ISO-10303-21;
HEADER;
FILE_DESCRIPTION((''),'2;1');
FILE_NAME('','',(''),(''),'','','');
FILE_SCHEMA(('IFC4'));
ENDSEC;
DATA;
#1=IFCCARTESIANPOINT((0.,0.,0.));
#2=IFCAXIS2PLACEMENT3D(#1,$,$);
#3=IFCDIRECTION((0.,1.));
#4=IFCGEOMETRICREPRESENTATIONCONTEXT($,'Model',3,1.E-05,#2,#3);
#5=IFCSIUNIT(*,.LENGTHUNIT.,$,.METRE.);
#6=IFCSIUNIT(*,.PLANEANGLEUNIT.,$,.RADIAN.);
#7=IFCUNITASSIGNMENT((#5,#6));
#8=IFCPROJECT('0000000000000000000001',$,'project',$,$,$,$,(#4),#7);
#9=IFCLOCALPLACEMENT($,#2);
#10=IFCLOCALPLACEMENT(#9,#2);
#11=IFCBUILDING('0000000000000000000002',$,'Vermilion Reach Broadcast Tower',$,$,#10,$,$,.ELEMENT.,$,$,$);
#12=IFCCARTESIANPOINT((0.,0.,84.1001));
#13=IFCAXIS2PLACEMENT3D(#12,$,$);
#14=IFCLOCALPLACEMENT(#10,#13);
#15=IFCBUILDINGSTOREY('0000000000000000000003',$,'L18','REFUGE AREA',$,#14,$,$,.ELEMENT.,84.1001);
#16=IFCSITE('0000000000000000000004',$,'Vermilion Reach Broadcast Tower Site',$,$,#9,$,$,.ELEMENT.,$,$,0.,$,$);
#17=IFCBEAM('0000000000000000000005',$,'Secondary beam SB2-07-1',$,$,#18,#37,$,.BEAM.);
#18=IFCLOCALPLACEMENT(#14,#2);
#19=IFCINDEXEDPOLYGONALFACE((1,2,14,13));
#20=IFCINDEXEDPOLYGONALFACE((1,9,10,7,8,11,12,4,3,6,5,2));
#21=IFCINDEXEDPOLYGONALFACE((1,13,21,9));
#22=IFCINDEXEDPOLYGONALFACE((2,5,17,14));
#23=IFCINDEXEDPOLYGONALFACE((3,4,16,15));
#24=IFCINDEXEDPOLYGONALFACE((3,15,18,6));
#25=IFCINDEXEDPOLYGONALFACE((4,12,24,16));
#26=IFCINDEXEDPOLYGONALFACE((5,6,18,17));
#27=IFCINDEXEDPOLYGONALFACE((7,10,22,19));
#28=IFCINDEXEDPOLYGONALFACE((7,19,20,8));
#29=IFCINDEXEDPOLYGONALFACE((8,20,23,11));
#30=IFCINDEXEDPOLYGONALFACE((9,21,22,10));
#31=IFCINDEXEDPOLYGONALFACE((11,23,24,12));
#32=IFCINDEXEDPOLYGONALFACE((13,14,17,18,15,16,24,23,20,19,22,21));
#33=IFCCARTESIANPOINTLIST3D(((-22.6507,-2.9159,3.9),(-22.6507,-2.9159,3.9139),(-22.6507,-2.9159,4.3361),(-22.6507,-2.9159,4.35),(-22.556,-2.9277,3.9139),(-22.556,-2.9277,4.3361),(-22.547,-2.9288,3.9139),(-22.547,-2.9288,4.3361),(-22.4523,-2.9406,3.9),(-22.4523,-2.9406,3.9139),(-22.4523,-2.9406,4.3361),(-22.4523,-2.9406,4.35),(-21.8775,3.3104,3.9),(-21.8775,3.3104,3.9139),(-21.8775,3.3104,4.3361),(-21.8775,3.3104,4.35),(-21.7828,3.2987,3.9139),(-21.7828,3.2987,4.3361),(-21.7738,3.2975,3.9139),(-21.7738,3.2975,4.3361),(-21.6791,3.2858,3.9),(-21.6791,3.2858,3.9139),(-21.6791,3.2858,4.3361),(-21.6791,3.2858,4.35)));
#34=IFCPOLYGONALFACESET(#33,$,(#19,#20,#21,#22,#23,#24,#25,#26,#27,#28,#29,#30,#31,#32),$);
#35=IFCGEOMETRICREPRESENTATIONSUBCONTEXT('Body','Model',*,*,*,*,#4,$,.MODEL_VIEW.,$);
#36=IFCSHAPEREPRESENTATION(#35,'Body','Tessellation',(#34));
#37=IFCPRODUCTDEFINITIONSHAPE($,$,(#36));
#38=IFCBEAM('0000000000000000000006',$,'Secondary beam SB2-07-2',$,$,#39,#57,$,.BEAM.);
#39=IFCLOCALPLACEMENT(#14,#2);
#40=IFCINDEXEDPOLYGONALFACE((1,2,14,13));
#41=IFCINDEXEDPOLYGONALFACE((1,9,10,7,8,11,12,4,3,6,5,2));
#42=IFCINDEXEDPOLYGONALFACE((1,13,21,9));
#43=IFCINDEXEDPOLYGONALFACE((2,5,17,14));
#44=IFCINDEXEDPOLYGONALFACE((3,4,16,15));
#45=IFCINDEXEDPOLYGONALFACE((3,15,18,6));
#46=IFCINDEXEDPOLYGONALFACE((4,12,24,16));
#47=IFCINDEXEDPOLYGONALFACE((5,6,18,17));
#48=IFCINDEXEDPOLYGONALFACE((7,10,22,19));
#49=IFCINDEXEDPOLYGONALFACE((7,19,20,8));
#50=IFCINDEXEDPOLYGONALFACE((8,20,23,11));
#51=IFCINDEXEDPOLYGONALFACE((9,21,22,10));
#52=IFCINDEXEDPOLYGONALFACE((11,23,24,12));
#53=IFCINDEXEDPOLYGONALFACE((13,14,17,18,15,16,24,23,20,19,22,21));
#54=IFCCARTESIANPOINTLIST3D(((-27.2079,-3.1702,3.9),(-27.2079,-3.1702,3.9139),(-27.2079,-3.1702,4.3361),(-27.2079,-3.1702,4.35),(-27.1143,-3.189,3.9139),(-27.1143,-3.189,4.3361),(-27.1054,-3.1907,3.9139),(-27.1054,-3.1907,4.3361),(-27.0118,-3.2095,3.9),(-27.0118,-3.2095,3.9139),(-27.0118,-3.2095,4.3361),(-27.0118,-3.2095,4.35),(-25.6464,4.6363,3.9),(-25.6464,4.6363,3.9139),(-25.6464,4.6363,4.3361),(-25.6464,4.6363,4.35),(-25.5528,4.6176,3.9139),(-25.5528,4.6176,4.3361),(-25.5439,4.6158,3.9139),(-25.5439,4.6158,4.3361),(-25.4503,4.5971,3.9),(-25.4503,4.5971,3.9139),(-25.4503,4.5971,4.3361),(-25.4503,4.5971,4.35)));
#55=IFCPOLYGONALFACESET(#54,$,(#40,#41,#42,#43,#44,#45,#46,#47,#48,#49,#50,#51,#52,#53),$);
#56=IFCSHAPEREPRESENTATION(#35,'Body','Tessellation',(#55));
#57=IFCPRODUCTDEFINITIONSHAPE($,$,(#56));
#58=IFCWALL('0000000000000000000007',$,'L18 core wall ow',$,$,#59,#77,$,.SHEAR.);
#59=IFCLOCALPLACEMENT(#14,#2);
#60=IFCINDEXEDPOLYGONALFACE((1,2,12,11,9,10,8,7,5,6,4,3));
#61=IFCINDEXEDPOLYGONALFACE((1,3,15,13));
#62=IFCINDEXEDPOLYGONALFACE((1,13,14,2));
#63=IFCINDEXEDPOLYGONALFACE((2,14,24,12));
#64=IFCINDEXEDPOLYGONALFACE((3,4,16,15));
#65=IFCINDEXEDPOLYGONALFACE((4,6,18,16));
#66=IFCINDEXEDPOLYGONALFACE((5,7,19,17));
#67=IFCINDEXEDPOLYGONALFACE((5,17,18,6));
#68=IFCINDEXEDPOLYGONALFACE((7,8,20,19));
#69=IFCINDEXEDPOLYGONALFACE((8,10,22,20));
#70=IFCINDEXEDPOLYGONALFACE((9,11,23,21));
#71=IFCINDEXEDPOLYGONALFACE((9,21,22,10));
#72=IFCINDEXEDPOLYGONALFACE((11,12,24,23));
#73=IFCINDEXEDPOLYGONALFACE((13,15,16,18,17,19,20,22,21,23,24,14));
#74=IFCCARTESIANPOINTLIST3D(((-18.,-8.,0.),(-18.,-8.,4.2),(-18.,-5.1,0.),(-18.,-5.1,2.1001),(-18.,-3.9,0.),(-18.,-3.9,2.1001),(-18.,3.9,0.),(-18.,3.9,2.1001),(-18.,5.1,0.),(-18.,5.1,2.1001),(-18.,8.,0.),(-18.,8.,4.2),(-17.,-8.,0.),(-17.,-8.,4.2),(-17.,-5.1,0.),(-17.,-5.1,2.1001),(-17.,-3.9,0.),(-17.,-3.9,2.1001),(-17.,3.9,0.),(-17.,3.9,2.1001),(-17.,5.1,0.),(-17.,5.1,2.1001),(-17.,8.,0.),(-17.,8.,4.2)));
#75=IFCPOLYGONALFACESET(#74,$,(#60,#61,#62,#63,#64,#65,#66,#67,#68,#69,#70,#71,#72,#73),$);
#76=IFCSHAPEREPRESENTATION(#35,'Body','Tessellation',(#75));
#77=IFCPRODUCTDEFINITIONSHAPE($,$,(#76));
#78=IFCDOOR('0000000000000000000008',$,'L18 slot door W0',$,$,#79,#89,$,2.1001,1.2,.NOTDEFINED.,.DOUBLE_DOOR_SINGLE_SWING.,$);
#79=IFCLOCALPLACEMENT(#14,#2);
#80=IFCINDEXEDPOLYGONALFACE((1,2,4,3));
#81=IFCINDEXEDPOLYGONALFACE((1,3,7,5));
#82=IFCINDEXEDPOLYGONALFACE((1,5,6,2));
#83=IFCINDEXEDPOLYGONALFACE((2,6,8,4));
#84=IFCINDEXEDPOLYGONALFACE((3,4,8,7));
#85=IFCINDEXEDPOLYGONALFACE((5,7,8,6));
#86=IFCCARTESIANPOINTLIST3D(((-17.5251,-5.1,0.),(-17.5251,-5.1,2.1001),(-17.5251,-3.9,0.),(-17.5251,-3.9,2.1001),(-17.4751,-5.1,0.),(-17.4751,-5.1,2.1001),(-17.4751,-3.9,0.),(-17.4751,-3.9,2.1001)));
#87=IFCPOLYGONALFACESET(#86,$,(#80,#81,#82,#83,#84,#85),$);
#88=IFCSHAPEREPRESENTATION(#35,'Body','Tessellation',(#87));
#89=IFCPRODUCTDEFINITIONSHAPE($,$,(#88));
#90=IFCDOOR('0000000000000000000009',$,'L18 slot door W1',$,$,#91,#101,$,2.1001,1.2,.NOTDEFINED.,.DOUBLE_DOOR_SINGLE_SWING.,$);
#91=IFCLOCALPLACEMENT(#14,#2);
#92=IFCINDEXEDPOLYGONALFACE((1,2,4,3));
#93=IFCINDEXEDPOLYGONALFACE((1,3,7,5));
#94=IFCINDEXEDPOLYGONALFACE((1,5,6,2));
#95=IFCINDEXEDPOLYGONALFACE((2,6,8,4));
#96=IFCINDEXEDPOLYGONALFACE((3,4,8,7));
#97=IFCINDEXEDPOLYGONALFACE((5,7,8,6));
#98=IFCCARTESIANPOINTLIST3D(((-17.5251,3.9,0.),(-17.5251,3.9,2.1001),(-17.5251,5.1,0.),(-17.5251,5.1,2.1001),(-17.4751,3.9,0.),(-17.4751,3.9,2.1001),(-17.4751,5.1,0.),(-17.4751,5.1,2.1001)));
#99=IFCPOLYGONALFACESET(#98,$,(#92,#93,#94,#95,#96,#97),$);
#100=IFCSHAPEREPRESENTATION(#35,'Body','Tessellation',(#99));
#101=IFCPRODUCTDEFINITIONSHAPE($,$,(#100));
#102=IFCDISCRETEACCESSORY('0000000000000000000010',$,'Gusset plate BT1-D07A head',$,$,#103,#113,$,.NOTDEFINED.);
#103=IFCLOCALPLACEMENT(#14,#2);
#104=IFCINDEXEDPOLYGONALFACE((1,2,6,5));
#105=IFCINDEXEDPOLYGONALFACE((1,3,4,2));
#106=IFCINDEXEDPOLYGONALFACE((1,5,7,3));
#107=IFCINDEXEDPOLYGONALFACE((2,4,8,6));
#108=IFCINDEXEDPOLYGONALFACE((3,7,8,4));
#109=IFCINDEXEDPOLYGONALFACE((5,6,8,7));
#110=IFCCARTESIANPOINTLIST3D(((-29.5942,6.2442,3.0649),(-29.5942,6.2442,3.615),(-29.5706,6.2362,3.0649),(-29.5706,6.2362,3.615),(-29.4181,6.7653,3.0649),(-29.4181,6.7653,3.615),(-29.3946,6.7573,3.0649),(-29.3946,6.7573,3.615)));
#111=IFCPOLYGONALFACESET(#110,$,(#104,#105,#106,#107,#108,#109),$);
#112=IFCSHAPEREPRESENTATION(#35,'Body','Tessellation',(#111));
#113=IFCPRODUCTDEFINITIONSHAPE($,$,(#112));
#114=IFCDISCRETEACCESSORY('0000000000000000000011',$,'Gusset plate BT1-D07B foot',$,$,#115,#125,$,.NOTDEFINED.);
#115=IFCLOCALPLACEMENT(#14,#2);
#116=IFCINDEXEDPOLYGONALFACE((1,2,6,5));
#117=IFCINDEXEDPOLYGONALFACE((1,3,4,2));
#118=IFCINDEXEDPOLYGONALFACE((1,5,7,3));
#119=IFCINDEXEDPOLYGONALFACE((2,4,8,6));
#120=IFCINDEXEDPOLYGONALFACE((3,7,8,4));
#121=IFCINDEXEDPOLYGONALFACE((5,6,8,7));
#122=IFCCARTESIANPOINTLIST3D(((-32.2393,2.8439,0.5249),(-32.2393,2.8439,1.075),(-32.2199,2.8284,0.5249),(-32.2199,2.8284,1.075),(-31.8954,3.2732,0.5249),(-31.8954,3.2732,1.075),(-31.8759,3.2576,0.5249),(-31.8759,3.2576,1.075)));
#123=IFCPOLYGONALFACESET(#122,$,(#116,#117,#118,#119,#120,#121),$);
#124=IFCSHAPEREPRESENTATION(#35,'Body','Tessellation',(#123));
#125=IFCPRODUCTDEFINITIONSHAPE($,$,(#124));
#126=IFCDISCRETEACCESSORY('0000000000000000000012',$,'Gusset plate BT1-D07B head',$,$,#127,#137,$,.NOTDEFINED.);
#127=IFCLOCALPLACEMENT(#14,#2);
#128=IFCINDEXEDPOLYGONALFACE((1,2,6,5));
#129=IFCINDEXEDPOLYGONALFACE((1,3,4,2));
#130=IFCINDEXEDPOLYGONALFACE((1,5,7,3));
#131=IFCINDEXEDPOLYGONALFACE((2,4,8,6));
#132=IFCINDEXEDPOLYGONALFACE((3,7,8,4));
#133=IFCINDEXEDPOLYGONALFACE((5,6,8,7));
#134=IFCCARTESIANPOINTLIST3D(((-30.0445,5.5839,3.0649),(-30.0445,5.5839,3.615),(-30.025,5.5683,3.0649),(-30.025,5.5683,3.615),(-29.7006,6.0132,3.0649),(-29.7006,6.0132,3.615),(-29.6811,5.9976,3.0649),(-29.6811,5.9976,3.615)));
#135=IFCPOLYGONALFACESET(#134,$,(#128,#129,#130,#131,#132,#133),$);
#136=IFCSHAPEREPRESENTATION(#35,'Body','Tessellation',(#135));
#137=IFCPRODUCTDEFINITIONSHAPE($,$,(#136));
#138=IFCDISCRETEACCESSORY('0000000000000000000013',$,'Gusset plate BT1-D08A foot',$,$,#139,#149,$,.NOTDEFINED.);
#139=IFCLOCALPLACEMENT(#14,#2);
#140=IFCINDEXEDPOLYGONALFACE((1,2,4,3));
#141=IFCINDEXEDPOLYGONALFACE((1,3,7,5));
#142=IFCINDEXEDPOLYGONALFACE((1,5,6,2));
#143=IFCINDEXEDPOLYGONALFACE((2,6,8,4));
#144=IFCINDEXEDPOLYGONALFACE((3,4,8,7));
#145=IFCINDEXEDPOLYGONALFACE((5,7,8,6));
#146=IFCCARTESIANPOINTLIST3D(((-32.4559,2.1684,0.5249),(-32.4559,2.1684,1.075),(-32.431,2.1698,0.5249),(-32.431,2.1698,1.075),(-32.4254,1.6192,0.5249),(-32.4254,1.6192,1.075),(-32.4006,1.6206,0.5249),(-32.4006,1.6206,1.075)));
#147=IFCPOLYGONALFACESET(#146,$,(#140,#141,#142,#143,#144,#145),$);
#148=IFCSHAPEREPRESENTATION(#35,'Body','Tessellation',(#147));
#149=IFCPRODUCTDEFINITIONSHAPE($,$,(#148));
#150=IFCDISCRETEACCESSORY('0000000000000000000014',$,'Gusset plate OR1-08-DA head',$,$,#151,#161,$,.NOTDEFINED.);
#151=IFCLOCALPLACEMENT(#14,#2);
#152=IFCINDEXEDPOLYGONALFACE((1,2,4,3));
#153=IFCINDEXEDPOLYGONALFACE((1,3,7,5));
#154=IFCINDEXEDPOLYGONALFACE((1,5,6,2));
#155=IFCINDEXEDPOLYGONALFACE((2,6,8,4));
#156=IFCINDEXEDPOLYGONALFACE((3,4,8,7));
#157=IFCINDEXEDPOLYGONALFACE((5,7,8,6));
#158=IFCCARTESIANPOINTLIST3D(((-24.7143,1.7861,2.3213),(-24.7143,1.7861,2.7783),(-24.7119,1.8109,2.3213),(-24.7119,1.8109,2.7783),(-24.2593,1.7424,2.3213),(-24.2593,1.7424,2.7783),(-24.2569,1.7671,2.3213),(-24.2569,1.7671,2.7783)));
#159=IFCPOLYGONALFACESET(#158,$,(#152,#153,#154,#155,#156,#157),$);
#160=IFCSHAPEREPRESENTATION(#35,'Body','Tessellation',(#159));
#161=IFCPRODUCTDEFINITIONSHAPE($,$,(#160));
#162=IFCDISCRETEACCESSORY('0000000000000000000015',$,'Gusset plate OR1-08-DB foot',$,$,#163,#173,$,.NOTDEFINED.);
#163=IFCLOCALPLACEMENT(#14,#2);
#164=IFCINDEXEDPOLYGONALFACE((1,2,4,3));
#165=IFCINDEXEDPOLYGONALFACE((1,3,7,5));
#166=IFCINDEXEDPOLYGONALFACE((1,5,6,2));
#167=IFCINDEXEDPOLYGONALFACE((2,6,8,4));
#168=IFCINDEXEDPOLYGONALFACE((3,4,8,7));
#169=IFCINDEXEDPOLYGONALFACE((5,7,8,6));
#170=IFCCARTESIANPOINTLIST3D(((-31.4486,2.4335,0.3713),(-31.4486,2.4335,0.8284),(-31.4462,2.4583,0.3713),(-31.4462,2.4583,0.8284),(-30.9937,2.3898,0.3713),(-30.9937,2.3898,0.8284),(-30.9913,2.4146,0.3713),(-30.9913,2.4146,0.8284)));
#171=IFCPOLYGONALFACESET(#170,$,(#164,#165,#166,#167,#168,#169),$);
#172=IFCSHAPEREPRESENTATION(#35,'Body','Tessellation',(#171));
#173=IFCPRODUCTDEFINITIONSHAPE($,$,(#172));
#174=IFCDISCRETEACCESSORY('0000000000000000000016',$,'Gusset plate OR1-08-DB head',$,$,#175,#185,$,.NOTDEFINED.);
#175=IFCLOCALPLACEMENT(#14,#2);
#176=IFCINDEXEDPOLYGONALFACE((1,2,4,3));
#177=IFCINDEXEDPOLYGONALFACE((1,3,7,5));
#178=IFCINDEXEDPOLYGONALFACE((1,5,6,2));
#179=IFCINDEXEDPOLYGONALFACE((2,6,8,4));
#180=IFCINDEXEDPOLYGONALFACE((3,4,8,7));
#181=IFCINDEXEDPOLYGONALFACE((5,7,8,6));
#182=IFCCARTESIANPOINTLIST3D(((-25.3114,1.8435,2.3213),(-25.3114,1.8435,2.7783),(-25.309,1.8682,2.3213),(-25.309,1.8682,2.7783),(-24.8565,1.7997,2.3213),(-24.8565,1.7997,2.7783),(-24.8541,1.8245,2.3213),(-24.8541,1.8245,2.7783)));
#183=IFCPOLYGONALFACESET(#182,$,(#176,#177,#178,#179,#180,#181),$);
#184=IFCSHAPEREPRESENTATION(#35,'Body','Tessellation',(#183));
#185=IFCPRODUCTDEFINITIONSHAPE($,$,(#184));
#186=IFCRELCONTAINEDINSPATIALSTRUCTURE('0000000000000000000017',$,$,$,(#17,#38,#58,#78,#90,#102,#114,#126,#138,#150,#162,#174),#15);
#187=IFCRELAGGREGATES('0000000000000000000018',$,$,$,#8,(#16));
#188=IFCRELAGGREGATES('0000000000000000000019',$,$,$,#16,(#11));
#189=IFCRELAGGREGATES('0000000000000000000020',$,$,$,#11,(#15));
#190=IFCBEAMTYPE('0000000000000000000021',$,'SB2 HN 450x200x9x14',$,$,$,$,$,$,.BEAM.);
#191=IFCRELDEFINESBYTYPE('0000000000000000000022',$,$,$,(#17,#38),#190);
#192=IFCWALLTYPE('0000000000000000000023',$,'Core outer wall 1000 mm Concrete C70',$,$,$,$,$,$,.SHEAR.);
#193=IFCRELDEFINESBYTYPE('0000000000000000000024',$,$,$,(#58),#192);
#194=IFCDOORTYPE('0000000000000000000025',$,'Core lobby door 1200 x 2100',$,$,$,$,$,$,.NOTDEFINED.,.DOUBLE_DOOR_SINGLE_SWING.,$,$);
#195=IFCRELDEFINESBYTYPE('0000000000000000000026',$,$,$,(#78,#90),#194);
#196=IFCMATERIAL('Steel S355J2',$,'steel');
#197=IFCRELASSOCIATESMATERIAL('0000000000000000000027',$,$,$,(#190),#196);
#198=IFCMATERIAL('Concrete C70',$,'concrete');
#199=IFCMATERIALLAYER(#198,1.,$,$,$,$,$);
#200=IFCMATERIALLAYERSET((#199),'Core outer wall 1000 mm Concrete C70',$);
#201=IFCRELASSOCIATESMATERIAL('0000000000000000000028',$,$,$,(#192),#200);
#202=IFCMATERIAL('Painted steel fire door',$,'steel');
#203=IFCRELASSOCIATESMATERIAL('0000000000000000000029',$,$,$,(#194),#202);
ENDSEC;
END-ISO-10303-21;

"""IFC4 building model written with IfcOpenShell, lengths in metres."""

from ifc_helpers import new_model, si_unit, direction, frame, frame_2d, origin, origin_2d, place, context, subcontext, project, spatial, rectangle, i_section, extrude, material, layer, layer_set, material_profile, profile_set, type_object, element, fill, save


model = new_model("IFC4")

# Units and contexts
model_context = context("Model", 3, precision=1e-05, world=origin(), true_north=direction((0.0, 1.0)))
body_context = subcontext(model_context, "Body", "Model", "MODEL_VIEW")
ifc_project = project(units=[si_unit("LENGTHUNIT", "METRE"), si_unit("PLANEANGLEUNIT", "RADIAN")], contexts=[model_context])

# Site, building, storey
site_placement = place(None, origin())
site = spatial("IfcSite", under=ifc_project, at=site_placement, Name="Vermilion Reach Broadcast Tower Site", CompositionType="ELEMENT", RefElevation=0.0)
building_placement = place(site_placement, origin())
building = spatial("IfcBuilding", under=site, at=building_placement, Name="Vermilion Reach Broadcast Tower", CompositionType="ELEMENT")
storey_placement = place(building_placement, frame((0.0, 0.0, 84.1001)))
storey = spatial("IfcBuildingStorey", under=building, at=storey_placement, Name="L18", Description="REFUGE AREA", CompositionType="ELEMENT", Elevation=84.1001)

# Beams
ifc_material_1 = material(Name="Steel S355J2", Category="steel")
ifc_material_profile_1 = material_profile(ifc_material_1, i_section(OverallWidth=0.2, OverallDepth=0.45, WebThickness=0.009, FlangeThickness=0.0139, at=origin_2d()), Name="S355J2 HN 450x200x9x14")
ifc_profile_set_1 = profile_set([ifc_material_profile_1], Name="Steel S355J2")
beam_type_1 = type_object("IfcBeamType", Name="SB2 HN 450x200x9x14", PredefinedType="BEAM", material=ifc_profile_set_1)
beam_1_placement = place(storey_placement, frame((-21.7783, 3.2981, 4.125), z_axis=(-0.123235, -0.992378, 0.0), x_axis=(0.992378, -0.123235, 0.0)))
element("IfcBeam", 1, at=beam_1_placement, inside=storey, type_object=beam_type_1, Name="Secondary beam SB2-07-1", PredefinedType="BEAM", context=body_context, shape_type="SweptSolid", body=[
    extrude(i_section(OverallWidth=0.2, OverallDepth=0.45, WebThickness=0.009, FlangeThickness=0.0139, at=origin_2d()), origin(), (0.0, 0.0, 1.0), 6.2742),
])
beam_2_placement = place(storey_placement, frame((-25.5483, 4.6167, 4.125), z_axis=(-0.19614, -0.980576, 0.0), x_axis=(0.980576, -0.19614, 0.0)))
element("IfcBeam", 2, at=beam_2_placement, inside=storey, type_object=beam_type_1, Name="Secondary beam SB2-07-2", PredefinedType="BEAM", context=body_context, shape_type="SweptSolid", body=[
    extrude(i_section(OverallWidth=0.2, OverallDepth=0.45, WebThickness=0.009, FlangeThickness=0.0139, at=origin_2d()), origin(), (0.0, 0.0, 1.0), 7.9612),
])

# Wall, openings, doors
ifc_material_2 = material(Name="Concrete C70", Category="concrete")
ifc_layer = layer(ifc_material_2, 1.0)
ifc_layer_set = layer_set([ifc_layer], Name="Core outer wall 1000 mm Concrete C70")
wall_type = type_object("IfcWallType", Name="Core outer wall 1000 mm Concrete C70", PredefinedType="SHEAR", material=ifc_layer_set)
wall_placement = place(storey_placement, frame((-17.5, 8.0, 0.0), z_axis=(0.0, 0.0, 1.0), x_axis=(0.0, -1.0, 0.0)))
wall = element("IfcWall", 3, at=wall_placement, inside=storey, type_object=wall_type, Name="L18 core wall ow", PredefinedType="SHEAR", context=body_context, shape_type="SweptSolid", body=[
    extrude(rectangle(XDim=16.0, YDim=1.0, at=frame_2d((8.0, 0.0))), origin(), (0.0, 0.0, 1.0), 4.2),
])
opening_1_placement = place(wall_placement, frame((11.8999, 0.0, 0.0)))
opening_1 = element("IfcOpeningElement", 4, at=opening_1_placement, cuts=wall, PredefinedType="OPENING", context=body_context, shape_type="SweptSolid", body=[
    extrude(rectangle(XDim=1.2, YDim=2.1001, at=frame_2d((0.6001, 1.05))), frame((0.0, 0.51, 0.0), z_axis=(0.0, -1.0, 0.0), x_axis=(1.0, 0.0, 0.0)), (0.0, 0.0, 1.0), 1.02),
])
opening_2_placement = place(wall_placement, frame((2.8999, 0.0, 0.0)))
opening_2 = element("IfcOpeningElement", 5, at=opening_2_placement, cuts=wall, PredefinedType="OPENING", context=body_context, shape_type="SweptSolid", body=[
    extrude(rectangle(XDim=1.2, YDim=2.1001, at=frame_2d((0.6001, 1.05))), frame((0.0, 0.51, 0.0), z_axis=(0.0, -1.0, 0.0), x_axis=(1.0, 0.0, 0.0)), (0.0, 0.0, 1.0), 1.02),
])
ifc_material_3 = material(Name="Painted steel fire door", Category="steel")
door_type = type_object("IfcDoorType", Name="Core lobby door 1200 x 2100", OperationType="DOUBLE_DOOR_SINGLE_SWING", PredefinedType="NOTDEFINED", material=ifc_material_3)
door_1_placement = place(opening_1_placement, origin())
door_1 = element("IfcDoor", 6, at=door_1_placement, inside=storey, type_object=door_type, Name="L18 slot door W0", OperationType="DOUBLE_DOOR_SINGLE_SWING", OverallHeight=2.1001, OverallWidth=1.2, PredefinedType="NOTDEFINED", context=body_context, shape_type="SweptSolid", body=[
    extrude(rectangle(XDim=1.2, YDim=2.1001, at=frame_2d((0.6001, 1.05))), frame((0.0, 0.0249, 0.0), z_axis=(0.0, -1.0, 0.0), x_axis=(1.0, 0.0, 0.0)), (0.0, 0.0, 1.0), 0.05),
])
fill(opening_1, door_1)
door_2_placement = place(opening_2_placement, origin())
door_2 = element("IfcDoor", 7, at=door_2_placement, inside=storey, type_object=door_type, Name="L18 slot door W1", OperationType="DOUBLE_DOOR_SINGLE_SWING", OverallHeight=2.1001, OverallWidth=1.2, PredefinedType="NOTDEFINED", context=body_context, shape_type="SweptSolid", body=[
    extrude(rectangle(XDim=1.2, YDim=2.1001, at=frame_2d((0.6001, 1.05))), frame((0.0, 0.0249, 0.0), z_axis=(0.0, -1.0, 0.0), x_axis=(1.0, 0.0, 0.0)), (0.0, 0.0, 1.0), 0.05),
])
fill(opening_2, door_2)

# Discrete accessories
for number, where, z_axis, x_axis, name in (
    (8, (-29.4944, 6.5007, 3.0649), (0.0, 0.0, 1.0), (0.947384, -0.320098, 0.0), "Gusset plate BT1-D07A head"),
    (9, (-32.0576, 3.0508, 0.5249), (0.0, 0.0, 1.0), (-0.780438, 0.625234, 0.0), "Gusset plate BT1-D07B foot"),
    (10, (-29.8628, 5.7908, 3.0649), (0.0, 0.0, 1.0), (-0.780438, 0.625234, 0.0), "Gusset plate BT1-D07B head"),
    (11, (-32.4282, 1.8945, 0.5249), (0.0, 0.0, 1.0), (0.998466, 0.055368, 0.0), "Gusset plate BT1-D08A foot"),
):
    element("IfcDiscreteAccessory", number, at=place(storey_placement, frame(where, z_axis=z_axis, x_axis=x_axis)), inside=storey, Name=name, PredefinedType="NOTDEFINED", context=body_context, shape_type="SweptSolid", body=[
        extrude(rectangle(XDim=0.0249, YDim=0.55, at=origin_2d()), origin(), (0.0, 0.0, 1.0), 0.55),
    ])
for number, where, z_axis, x_axis, name in (
    (12, (-24.4856, 1.7766, 2.3213), (0.0, 0.0, 1.0), (-0.095672, -0.995413, 0.0), "Gusset plate OR1-08-DA head"),
    (13, (-31.22, 2.4241, 0.3713), (0.0, 0.0, 1.0), (-0.095672, -0.995413, 0.0), "Gusset plate OR1-08-DB foot"),
    (14, (-25.0828, 1.834, 2.3213), (0.0, 0.0, 1.0), (-0.095672, -0.995413, 0.0), "Gusset plate OR1-08-DB head"),
):
    element("IfcDiscreteAccessory", number, at=place(storey_placement, frame(where, z_axis=z_axis, x_axis=x_axis)), inside=storey, Name=name, PredefinedType="NOTDEFINED", context=body_context, shape_type="SweptSolid", body=[
        extrude(rectangle(XDim=0.0249, YDim=0.457, at=origin_2d()), origin(), (0.0, 0.0, 1.0), 0.457),
    ])

save(model, "model.ifc")
